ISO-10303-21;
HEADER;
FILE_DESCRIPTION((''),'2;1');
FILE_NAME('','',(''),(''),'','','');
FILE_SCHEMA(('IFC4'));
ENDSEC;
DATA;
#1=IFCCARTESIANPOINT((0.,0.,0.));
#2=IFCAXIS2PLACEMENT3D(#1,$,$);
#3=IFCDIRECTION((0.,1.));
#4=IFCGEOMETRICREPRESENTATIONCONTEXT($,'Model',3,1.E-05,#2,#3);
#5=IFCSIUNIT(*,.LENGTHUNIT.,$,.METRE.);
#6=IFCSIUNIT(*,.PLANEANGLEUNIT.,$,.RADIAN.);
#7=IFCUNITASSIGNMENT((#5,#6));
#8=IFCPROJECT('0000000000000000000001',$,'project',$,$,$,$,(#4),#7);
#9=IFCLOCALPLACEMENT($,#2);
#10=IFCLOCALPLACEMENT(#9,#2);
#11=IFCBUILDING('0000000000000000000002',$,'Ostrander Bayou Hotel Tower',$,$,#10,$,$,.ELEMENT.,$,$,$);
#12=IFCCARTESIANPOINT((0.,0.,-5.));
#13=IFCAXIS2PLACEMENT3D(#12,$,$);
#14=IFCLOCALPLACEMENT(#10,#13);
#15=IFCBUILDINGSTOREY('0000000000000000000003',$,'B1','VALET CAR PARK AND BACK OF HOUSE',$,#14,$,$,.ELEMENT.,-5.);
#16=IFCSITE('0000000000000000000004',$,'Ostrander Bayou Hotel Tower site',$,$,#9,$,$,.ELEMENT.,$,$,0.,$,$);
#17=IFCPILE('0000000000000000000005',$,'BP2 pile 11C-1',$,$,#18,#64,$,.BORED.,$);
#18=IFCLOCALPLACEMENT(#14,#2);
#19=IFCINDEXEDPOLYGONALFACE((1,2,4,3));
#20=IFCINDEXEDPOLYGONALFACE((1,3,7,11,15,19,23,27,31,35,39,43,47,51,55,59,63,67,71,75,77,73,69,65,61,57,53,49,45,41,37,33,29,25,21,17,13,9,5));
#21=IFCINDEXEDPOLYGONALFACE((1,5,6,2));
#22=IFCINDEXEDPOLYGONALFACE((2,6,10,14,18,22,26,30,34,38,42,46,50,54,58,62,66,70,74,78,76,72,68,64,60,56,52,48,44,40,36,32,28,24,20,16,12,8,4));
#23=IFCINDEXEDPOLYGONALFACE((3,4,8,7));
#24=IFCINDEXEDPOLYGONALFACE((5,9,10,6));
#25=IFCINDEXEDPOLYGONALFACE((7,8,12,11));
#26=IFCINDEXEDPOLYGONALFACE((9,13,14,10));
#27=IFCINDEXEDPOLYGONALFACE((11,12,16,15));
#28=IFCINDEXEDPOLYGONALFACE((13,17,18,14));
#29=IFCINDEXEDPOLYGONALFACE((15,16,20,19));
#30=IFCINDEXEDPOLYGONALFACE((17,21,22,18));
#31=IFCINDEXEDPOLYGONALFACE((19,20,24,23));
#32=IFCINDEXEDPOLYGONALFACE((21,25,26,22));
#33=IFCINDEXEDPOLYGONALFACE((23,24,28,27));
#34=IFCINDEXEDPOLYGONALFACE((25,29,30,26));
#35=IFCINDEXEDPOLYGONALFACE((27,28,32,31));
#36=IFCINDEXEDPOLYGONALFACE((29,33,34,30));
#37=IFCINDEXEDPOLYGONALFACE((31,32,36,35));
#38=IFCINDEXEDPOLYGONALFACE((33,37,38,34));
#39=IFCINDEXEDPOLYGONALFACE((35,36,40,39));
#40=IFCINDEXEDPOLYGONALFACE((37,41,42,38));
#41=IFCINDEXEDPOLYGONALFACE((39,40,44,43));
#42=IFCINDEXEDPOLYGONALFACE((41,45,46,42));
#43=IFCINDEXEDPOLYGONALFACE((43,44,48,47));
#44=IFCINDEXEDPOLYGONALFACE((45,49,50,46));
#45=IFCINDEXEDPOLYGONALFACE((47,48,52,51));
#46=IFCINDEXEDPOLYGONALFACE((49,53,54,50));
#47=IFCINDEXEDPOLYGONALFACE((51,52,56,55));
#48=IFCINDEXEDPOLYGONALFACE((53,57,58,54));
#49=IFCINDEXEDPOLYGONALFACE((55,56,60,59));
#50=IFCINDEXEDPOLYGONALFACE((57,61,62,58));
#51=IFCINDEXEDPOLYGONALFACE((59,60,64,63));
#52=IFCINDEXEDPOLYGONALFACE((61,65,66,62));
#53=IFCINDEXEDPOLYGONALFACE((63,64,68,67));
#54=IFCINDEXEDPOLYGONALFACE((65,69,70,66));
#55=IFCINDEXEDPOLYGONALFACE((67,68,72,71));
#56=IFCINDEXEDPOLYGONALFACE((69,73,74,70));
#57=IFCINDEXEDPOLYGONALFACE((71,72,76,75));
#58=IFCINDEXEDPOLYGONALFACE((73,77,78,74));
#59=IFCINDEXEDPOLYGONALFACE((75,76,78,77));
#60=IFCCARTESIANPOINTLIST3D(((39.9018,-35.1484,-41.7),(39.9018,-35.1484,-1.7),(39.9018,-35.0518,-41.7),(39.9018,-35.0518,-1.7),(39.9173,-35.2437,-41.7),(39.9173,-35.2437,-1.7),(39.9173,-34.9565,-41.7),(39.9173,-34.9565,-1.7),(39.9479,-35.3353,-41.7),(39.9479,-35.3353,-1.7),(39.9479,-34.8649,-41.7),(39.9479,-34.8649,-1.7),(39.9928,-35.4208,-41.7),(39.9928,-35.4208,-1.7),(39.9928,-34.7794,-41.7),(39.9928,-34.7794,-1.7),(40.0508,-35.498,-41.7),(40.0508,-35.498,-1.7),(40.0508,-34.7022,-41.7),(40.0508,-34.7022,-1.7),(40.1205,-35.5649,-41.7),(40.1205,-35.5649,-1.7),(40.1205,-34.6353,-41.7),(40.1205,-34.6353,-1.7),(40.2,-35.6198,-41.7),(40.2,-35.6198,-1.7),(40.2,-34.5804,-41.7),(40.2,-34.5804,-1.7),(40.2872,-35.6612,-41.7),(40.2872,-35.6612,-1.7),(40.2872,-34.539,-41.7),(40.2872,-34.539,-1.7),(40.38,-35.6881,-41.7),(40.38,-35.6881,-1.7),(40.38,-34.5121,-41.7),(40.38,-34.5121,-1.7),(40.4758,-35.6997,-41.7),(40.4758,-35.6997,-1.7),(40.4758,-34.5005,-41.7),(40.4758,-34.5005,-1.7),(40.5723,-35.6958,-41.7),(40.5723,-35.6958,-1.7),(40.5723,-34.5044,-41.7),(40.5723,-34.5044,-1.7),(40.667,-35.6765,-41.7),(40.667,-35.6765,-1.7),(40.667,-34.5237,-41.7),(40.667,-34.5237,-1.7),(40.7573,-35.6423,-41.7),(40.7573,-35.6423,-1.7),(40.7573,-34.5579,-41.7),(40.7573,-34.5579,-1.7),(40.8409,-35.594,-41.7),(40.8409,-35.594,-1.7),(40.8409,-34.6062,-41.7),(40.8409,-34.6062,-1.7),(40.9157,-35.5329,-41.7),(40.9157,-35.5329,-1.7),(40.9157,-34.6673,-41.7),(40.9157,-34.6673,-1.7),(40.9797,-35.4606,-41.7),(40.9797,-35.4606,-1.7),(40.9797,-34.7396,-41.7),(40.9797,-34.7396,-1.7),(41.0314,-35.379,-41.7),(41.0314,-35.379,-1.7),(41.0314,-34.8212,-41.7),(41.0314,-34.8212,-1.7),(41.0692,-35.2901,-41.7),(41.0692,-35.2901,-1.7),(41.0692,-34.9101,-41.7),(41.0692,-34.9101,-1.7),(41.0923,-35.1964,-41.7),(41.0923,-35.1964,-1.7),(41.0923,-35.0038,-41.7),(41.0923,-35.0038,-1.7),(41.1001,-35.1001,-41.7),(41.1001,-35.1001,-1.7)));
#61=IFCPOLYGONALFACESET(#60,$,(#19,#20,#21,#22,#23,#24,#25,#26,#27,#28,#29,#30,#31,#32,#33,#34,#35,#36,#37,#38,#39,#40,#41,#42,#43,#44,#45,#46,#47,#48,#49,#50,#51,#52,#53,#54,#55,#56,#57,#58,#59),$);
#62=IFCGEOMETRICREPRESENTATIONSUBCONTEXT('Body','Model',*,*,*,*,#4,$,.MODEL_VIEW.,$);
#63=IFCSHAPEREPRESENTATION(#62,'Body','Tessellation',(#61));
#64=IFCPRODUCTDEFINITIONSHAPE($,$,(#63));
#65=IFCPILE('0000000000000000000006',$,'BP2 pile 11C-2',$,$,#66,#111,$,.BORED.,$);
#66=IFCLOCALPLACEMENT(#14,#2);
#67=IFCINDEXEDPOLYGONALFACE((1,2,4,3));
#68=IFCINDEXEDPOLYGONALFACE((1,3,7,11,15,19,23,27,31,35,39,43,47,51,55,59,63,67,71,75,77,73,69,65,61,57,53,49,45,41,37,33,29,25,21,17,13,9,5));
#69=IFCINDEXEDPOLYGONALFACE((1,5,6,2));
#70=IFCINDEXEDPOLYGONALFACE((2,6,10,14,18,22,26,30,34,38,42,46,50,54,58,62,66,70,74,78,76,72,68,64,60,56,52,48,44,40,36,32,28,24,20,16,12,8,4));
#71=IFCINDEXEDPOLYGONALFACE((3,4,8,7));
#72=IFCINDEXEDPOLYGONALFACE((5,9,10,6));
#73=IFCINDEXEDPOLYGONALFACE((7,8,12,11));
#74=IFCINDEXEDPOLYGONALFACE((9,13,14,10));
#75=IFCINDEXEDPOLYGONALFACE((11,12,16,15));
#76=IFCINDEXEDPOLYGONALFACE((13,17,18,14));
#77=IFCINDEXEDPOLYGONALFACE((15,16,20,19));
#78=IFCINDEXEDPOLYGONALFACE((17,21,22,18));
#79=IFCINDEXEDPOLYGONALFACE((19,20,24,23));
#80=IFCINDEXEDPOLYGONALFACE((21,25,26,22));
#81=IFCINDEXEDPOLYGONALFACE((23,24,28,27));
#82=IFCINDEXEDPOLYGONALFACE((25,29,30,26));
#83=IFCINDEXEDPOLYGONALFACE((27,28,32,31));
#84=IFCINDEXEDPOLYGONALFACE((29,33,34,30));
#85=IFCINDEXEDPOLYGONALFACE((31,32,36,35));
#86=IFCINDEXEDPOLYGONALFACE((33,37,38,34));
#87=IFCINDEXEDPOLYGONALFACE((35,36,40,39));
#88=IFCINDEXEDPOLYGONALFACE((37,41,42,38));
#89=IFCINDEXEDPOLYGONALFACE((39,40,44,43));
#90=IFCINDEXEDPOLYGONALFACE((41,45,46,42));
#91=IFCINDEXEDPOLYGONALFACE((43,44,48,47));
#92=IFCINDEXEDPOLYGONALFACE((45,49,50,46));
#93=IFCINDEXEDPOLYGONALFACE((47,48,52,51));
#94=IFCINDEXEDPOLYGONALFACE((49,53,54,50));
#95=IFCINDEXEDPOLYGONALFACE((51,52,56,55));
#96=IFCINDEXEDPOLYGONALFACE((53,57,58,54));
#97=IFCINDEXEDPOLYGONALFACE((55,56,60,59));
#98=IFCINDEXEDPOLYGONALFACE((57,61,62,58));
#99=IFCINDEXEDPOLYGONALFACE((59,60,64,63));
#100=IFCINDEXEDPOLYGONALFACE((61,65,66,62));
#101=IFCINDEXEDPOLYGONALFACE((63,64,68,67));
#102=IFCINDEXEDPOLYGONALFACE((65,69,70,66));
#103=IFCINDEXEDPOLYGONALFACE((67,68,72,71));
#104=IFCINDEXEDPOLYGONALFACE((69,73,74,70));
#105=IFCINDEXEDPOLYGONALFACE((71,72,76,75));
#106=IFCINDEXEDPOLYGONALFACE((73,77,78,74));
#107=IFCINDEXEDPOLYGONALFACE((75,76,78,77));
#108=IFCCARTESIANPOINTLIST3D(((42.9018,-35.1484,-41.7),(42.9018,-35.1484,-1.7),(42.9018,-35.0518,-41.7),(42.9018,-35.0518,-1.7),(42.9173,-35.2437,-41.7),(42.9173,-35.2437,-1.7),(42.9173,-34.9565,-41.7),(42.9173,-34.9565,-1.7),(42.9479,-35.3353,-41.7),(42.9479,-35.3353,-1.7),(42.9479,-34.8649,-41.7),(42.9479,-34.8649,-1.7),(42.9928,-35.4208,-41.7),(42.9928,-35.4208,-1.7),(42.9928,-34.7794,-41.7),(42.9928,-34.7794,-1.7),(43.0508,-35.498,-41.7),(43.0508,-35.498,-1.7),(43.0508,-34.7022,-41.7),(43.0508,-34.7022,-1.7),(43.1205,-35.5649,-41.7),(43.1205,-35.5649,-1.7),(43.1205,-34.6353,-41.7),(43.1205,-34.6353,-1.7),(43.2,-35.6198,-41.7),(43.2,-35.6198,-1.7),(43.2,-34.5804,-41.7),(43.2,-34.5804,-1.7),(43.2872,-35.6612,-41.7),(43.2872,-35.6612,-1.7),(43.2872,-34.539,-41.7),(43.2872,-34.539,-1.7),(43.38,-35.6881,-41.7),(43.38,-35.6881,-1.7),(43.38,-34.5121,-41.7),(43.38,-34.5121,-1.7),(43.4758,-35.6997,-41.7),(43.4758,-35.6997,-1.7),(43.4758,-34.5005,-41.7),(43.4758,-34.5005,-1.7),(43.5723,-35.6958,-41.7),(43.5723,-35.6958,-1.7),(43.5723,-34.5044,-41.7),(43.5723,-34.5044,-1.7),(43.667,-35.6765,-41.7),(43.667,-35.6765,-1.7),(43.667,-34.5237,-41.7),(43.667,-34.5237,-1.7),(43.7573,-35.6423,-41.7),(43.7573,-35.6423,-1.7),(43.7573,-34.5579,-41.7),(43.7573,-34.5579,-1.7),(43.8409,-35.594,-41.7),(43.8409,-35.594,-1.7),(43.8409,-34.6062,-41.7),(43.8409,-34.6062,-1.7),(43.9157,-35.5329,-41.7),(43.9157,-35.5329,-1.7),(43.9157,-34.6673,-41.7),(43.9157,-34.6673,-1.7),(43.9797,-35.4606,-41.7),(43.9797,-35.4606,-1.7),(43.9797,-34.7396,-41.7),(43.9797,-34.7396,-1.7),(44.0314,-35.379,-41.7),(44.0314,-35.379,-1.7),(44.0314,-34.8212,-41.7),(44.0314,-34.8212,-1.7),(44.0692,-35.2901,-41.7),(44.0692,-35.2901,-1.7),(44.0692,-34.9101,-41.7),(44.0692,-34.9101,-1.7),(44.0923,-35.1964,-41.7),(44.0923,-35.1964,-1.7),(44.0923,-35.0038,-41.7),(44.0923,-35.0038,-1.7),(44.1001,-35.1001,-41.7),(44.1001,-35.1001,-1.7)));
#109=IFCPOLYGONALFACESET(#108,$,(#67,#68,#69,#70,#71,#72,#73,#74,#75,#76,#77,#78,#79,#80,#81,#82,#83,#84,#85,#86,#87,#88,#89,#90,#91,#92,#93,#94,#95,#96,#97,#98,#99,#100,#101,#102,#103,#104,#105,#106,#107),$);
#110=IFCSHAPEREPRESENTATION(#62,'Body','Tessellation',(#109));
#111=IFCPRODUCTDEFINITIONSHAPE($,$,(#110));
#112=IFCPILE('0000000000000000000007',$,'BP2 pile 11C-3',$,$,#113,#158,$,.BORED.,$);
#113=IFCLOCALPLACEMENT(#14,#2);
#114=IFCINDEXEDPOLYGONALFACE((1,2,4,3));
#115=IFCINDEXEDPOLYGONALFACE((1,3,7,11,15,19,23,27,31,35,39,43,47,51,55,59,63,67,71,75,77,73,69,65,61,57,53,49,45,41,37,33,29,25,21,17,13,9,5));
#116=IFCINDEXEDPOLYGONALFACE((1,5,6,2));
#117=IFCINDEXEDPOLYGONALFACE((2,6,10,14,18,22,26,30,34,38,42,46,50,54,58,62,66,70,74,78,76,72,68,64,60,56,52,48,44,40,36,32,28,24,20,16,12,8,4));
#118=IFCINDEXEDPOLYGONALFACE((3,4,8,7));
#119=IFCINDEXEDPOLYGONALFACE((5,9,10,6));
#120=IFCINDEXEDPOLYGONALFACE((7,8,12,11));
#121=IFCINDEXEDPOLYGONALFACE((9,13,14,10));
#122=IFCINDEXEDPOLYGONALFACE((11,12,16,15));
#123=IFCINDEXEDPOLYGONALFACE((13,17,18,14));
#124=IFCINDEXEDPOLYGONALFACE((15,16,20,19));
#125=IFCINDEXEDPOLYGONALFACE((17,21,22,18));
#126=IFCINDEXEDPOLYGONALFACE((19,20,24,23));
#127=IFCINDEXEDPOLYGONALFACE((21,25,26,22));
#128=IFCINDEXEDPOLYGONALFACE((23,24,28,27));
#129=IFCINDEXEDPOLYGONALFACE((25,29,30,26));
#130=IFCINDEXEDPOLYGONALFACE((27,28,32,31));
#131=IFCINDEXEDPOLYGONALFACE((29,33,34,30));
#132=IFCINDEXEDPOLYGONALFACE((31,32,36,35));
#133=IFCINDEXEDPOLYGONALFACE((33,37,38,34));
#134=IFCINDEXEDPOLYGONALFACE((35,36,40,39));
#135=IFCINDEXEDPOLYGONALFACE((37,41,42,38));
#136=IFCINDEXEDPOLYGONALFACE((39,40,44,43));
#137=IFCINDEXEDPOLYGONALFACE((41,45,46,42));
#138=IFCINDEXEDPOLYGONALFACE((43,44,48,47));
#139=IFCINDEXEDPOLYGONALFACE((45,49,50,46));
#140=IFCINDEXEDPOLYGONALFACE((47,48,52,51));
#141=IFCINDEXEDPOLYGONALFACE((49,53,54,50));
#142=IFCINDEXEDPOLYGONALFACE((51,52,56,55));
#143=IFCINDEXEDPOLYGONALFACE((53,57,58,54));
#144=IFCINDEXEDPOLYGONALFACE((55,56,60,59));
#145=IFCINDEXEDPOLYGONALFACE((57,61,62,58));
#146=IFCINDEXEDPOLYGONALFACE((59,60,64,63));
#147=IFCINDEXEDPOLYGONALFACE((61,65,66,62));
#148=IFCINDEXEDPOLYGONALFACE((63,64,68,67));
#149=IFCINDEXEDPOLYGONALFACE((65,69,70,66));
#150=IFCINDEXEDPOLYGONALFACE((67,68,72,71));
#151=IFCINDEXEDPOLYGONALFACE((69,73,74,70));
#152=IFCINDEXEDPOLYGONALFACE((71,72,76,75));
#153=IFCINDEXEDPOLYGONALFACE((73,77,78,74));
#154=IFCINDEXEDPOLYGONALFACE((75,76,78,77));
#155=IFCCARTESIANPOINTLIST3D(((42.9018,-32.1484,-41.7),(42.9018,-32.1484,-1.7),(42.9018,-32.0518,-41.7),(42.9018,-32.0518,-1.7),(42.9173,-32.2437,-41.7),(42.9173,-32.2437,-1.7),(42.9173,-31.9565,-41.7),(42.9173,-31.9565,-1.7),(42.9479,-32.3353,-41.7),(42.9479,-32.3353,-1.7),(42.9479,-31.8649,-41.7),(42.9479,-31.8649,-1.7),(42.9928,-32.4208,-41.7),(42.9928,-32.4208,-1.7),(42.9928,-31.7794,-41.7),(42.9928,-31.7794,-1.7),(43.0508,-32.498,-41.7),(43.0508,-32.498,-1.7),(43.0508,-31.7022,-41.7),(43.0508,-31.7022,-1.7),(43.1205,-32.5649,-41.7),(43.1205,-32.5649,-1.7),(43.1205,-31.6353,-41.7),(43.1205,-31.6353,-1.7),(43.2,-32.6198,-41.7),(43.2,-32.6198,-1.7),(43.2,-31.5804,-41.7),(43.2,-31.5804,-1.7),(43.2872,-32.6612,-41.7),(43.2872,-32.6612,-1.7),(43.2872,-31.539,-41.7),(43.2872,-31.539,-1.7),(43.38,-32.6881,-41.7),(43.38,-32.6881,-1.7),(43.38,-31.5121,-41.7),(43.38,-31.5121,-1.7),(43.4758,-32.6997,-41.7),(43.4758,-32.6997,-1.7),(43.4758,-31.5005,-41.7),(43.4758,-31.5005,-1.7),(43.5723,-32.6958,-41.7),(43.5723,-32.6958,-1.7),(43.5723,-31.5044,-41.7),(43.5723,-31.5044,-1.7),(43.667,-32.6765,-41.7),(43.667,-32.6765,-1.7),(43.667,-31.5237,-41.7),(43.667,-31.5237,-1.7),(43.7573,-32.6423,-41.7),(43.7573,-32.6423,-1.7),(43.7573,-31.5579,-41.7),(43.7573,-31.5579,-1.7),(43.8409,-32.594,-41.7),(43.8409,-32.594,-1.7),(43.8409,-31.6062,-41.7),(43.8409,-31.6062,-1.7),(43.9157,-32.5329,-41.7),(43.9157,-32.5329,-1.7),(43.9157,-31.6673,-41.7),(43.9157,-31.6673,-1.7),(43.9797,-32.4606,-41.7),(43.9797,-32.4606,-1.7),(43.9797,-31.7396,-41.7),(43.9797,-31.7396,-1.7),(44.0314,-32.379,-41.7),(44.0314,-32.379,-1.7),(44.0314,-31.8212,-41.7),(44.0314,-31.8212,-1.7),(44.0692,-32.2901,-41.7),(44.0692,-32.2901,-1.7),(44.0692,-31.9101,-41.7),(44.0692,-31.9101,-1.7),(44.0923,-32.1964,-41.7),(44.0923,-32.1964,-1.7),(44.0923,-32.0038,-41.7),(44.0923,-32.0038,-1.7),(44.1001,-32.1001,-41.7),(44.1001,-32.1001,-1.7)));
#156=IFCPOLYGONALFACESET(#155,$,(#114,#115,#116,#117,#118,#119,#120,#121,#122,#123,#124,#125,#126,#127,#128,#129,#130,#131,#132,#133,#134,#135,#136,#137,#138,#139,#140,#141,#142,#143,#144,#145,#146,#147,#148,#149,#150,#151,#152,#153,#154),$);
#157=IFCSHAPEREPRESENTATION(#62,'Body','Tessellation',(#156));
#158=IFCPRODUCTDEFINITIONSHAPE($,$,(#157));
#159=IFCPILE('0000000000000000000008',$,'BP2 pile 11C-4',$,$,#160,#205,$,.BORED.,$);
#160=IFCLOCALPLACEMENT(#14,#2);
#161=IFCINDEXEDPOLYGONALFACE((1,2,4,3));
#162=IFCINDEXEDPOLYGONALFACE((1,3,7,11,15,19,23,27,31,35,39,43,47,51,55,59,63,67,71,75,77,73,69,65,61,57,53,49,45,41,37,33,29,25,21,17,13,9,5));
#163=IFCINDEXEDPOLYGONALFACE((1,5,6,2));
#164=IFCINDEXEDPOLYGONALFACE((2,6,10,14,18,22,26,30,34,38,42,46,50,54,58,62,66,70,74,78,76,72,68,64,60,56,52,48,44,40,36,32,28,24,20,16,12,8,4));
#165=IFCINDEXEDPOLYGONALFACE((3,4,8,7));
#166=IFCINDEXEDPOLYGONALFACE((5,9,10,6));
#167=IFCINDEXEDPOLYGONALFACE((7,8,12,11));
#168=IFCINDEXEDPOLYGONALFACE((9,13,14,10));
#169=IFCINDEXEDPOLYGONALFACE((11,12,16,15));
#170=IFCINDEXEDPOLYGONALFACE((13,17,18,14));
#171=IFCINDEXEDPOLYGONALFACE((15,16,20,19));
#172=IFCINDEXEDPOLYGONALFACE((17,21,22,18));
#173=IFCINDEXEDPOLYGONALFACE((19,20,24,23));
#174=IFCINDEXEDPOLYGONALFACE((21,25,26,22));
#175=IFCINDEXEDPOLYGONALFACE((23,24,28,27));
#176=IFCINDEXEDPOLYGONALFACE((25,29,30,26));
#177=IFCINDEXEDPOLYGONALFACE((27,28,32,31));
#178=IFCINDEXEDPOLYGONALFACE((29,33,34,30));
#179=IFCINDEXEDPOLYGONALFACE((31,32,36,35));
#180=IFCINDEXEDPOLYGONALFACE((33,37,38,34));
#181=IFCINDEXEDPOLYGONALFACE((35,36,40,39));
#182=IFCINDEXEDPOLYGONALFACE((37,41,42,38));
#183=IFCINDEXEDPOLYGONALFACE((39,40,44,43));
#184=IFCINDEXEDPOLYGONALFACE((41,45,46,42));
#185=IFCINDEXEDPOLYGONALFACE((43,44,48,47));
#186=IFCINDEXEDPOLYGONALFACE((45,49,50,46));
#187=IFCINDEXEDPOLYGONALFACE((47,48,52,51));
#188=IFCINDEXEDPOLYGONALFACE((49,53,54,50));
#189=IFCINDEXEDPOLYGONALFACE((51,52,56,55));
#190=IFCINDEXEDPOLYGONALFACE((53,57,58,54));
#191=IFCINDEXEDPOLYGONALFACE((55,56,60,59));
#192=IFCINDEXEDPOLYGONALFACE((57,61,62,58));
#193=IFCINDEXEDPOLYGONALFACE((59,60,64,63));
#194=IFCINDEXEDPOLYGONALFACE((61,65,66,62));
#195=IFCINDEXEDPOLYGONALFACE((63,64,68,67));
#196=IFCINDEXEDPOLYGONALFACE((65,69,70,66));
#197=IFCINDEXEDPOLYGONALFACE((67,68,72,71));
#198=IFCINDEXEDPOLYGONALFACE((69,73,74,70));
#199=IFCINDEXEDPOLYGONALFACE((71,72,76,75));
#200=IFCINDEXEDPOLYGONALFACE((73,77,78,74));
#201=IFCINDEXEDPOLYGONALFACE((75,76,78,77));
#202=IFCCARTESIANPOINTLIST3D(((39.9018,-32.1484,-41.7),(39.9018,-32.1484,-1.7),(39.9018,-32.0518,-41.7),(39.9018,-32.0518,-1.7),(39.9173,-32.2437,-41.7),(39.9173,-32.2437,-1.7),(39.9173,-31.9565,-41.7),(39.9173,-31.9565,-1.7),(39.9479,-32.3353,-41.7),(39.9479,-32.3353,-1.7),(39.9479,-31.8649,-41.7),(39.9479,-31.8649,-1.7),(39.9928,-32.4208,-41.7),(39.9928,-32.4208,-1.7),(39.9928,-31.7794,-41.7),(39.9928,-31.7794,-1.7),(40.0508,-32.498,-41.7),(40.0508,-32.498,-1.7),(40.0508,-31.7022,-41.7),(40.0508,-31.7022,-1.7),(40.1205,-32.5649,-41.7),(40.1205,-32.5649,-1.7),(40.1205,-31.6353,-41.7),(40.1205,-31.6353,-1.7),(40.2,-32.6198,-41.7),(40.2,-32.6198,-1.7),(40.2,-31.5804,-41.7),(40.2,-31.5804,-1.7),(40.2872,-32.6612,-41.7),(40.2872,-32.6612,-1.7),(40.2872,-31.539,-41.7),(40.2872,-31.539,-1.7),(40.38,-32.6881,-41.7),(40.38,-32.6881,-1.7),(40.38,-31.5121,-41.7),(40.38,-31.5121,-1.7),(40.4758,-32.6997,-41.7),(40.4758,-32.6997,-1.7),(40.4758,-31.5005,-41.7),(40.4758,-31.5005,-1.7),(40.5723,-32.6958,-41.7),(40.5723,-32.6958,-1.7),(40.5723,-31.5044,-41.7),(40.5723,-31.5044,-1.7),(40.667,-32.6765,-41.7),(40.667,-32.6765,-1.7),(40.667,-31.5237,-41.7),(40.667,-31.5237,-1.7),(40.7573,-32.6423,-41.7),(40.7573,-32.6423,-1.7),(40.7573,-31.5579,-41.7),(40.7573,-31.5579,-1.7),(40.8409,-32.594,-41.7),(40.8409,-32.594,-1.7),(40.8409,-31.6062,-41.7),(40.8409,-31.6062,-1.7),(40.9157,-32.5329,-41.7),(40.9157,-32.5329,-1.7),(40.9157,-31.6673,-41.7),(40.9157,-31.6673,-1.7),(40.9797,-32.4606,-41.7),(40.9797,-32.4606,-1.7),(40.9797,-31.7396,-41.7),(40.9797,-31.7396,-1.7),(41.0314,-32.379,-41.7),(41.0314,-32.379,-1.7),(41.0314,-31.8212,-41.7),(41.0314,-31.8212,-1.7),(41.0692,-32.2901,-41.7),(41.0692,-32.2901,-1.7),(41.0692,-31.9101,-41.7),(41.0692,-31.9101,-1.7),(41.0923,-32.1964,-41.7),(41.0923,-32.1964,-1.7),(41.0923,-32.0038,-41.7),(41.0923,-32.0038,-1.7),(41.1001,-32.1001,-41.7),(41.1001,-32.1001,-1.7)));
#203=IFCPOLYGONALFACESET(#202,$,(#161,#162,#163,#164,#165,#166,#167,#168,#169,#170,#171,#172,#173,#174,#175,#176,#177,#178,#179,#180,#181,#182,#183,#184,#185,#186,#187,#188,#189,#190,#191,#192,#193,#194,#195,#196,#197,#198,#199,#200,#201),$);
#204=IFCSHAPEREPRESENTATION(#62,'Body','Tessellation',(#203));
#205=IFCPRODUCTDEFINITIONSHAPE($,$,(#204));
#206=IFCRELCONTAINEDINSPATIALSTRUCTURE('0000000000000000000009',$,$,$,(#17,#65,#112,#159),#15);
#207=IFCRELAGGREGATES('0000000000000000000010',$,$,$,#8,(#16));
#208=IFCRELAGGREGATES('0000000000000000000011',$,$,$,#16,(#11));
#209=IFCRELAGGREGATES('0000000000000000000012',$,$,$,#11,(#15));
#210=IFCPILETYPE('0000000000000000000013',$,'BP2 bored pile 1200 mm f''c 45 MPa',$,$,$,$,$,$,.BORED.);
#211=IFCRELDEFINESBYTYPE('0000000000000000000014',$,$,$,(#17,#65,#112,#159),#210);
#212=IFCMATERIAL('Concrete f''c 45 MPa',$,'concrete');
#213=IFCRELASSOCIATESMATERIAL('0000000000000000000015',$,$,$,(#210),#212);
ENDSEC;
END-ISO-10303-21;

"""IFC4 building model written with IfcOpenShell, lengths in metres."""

from ifc_helpers import new_model, si_unit, direction, frame, origin, origin_2d, place, context, subcontext, project, spatial, circle, extrude, material, material_profile, profile_set, type_object, element, save


model = new_model("IFC4")

# Units and contexts
model_context = context("Model", 3, precision=1e-05, world=origin(), true_north=direction((0.0, 1.0)))
body_context = subcontext(model_context, "Body", "Model", "MODEL_VIEW")
ifc_project = project(units=[si_unit("LENGTHUNIT", "METRE"), si_unit("PLANEANGLEUNIT", "RADIAN")], contexts=[model_context])

# Site, building, storey
site_placement = place(None, origin())
site = spatial("IfcSite", under=ifc_project, at=site_placement, Name="Ostrander Bayou Hotel Tower site", CompositionType="ELEMENT", RefElevation=0.0)
building_placement = place(site_placement, origin())
building = spatial("IfcBuilding", under=site, at=building_placement, Name="Ostrander Bayou Hotel Tower", CompositionType="ELEMENT")
storey_placement = place(building_placement, frame((0.0, 0.0, -5.0)))
storey = spatial("IfcBuildingStorey", under=building, at=storey_placement, Name="B1", Description="VALET CAR PARK AND BACK OF HOUSE", CompositionType="ELEMENT", Elevation=-5.0)

# Piles
ifc_material_1 = material(Name="Concrete f'c 45 MPa", Category="concrete")
ifc_material_profile_1 = material_profile(ifc_material_1, circle(Radius=0.6001, at=origin_2d()))
ifc_profile_set_1 = profile_set([ifc_material_profile_1], Name="Concrete f'c 45 MPa")
pile_type = type_object("IfcPileType", Name="BP2 bored pile 1200 mm f'c 45 MPa", PredefinedType="BORED", material=ifc_profile_set_1)
for number, where, z_axis, x_axis, name in (
    (1, (40.5, -35.1001, -1.7), (0.0, 0.0, -1.0), (1.0, 0.0, 0.0), "BP2 pile 11C-1"),
    (2, (43.5, -35.1001, -1.7), (0.0, 0.0, -1.0), (1.0, 0.0, 0.0), "BP2 pile 11C-2"),
    (3, (43.5, -32.1001, -1.7), (0.0, 0.0, -1.0), (1.0, 0.0, 0.0), "BP2 pile 11C-3"),
    (4, (40.5, -32.1001, -1.7), (0.0, 0.0, -1.0), (1.0, 0.0, 0.0), "BP2 pile 11C-4"),
):
    element("IfcPile", number, at=place(storey_placement, frame(where, z_axis=z_axis, x_axis=x_axis)), inside=storey, type_object=pile_type, Name=name, PredefinedType="BORED", context=body_context, shape_type="SweptSolid", body=[
        extrude(circle(Radius=0.6001, at=origin_2d()), origin(), (0.0, 0.0, 1.0), 40.0),
    ])

save(model, "model.ifc")
